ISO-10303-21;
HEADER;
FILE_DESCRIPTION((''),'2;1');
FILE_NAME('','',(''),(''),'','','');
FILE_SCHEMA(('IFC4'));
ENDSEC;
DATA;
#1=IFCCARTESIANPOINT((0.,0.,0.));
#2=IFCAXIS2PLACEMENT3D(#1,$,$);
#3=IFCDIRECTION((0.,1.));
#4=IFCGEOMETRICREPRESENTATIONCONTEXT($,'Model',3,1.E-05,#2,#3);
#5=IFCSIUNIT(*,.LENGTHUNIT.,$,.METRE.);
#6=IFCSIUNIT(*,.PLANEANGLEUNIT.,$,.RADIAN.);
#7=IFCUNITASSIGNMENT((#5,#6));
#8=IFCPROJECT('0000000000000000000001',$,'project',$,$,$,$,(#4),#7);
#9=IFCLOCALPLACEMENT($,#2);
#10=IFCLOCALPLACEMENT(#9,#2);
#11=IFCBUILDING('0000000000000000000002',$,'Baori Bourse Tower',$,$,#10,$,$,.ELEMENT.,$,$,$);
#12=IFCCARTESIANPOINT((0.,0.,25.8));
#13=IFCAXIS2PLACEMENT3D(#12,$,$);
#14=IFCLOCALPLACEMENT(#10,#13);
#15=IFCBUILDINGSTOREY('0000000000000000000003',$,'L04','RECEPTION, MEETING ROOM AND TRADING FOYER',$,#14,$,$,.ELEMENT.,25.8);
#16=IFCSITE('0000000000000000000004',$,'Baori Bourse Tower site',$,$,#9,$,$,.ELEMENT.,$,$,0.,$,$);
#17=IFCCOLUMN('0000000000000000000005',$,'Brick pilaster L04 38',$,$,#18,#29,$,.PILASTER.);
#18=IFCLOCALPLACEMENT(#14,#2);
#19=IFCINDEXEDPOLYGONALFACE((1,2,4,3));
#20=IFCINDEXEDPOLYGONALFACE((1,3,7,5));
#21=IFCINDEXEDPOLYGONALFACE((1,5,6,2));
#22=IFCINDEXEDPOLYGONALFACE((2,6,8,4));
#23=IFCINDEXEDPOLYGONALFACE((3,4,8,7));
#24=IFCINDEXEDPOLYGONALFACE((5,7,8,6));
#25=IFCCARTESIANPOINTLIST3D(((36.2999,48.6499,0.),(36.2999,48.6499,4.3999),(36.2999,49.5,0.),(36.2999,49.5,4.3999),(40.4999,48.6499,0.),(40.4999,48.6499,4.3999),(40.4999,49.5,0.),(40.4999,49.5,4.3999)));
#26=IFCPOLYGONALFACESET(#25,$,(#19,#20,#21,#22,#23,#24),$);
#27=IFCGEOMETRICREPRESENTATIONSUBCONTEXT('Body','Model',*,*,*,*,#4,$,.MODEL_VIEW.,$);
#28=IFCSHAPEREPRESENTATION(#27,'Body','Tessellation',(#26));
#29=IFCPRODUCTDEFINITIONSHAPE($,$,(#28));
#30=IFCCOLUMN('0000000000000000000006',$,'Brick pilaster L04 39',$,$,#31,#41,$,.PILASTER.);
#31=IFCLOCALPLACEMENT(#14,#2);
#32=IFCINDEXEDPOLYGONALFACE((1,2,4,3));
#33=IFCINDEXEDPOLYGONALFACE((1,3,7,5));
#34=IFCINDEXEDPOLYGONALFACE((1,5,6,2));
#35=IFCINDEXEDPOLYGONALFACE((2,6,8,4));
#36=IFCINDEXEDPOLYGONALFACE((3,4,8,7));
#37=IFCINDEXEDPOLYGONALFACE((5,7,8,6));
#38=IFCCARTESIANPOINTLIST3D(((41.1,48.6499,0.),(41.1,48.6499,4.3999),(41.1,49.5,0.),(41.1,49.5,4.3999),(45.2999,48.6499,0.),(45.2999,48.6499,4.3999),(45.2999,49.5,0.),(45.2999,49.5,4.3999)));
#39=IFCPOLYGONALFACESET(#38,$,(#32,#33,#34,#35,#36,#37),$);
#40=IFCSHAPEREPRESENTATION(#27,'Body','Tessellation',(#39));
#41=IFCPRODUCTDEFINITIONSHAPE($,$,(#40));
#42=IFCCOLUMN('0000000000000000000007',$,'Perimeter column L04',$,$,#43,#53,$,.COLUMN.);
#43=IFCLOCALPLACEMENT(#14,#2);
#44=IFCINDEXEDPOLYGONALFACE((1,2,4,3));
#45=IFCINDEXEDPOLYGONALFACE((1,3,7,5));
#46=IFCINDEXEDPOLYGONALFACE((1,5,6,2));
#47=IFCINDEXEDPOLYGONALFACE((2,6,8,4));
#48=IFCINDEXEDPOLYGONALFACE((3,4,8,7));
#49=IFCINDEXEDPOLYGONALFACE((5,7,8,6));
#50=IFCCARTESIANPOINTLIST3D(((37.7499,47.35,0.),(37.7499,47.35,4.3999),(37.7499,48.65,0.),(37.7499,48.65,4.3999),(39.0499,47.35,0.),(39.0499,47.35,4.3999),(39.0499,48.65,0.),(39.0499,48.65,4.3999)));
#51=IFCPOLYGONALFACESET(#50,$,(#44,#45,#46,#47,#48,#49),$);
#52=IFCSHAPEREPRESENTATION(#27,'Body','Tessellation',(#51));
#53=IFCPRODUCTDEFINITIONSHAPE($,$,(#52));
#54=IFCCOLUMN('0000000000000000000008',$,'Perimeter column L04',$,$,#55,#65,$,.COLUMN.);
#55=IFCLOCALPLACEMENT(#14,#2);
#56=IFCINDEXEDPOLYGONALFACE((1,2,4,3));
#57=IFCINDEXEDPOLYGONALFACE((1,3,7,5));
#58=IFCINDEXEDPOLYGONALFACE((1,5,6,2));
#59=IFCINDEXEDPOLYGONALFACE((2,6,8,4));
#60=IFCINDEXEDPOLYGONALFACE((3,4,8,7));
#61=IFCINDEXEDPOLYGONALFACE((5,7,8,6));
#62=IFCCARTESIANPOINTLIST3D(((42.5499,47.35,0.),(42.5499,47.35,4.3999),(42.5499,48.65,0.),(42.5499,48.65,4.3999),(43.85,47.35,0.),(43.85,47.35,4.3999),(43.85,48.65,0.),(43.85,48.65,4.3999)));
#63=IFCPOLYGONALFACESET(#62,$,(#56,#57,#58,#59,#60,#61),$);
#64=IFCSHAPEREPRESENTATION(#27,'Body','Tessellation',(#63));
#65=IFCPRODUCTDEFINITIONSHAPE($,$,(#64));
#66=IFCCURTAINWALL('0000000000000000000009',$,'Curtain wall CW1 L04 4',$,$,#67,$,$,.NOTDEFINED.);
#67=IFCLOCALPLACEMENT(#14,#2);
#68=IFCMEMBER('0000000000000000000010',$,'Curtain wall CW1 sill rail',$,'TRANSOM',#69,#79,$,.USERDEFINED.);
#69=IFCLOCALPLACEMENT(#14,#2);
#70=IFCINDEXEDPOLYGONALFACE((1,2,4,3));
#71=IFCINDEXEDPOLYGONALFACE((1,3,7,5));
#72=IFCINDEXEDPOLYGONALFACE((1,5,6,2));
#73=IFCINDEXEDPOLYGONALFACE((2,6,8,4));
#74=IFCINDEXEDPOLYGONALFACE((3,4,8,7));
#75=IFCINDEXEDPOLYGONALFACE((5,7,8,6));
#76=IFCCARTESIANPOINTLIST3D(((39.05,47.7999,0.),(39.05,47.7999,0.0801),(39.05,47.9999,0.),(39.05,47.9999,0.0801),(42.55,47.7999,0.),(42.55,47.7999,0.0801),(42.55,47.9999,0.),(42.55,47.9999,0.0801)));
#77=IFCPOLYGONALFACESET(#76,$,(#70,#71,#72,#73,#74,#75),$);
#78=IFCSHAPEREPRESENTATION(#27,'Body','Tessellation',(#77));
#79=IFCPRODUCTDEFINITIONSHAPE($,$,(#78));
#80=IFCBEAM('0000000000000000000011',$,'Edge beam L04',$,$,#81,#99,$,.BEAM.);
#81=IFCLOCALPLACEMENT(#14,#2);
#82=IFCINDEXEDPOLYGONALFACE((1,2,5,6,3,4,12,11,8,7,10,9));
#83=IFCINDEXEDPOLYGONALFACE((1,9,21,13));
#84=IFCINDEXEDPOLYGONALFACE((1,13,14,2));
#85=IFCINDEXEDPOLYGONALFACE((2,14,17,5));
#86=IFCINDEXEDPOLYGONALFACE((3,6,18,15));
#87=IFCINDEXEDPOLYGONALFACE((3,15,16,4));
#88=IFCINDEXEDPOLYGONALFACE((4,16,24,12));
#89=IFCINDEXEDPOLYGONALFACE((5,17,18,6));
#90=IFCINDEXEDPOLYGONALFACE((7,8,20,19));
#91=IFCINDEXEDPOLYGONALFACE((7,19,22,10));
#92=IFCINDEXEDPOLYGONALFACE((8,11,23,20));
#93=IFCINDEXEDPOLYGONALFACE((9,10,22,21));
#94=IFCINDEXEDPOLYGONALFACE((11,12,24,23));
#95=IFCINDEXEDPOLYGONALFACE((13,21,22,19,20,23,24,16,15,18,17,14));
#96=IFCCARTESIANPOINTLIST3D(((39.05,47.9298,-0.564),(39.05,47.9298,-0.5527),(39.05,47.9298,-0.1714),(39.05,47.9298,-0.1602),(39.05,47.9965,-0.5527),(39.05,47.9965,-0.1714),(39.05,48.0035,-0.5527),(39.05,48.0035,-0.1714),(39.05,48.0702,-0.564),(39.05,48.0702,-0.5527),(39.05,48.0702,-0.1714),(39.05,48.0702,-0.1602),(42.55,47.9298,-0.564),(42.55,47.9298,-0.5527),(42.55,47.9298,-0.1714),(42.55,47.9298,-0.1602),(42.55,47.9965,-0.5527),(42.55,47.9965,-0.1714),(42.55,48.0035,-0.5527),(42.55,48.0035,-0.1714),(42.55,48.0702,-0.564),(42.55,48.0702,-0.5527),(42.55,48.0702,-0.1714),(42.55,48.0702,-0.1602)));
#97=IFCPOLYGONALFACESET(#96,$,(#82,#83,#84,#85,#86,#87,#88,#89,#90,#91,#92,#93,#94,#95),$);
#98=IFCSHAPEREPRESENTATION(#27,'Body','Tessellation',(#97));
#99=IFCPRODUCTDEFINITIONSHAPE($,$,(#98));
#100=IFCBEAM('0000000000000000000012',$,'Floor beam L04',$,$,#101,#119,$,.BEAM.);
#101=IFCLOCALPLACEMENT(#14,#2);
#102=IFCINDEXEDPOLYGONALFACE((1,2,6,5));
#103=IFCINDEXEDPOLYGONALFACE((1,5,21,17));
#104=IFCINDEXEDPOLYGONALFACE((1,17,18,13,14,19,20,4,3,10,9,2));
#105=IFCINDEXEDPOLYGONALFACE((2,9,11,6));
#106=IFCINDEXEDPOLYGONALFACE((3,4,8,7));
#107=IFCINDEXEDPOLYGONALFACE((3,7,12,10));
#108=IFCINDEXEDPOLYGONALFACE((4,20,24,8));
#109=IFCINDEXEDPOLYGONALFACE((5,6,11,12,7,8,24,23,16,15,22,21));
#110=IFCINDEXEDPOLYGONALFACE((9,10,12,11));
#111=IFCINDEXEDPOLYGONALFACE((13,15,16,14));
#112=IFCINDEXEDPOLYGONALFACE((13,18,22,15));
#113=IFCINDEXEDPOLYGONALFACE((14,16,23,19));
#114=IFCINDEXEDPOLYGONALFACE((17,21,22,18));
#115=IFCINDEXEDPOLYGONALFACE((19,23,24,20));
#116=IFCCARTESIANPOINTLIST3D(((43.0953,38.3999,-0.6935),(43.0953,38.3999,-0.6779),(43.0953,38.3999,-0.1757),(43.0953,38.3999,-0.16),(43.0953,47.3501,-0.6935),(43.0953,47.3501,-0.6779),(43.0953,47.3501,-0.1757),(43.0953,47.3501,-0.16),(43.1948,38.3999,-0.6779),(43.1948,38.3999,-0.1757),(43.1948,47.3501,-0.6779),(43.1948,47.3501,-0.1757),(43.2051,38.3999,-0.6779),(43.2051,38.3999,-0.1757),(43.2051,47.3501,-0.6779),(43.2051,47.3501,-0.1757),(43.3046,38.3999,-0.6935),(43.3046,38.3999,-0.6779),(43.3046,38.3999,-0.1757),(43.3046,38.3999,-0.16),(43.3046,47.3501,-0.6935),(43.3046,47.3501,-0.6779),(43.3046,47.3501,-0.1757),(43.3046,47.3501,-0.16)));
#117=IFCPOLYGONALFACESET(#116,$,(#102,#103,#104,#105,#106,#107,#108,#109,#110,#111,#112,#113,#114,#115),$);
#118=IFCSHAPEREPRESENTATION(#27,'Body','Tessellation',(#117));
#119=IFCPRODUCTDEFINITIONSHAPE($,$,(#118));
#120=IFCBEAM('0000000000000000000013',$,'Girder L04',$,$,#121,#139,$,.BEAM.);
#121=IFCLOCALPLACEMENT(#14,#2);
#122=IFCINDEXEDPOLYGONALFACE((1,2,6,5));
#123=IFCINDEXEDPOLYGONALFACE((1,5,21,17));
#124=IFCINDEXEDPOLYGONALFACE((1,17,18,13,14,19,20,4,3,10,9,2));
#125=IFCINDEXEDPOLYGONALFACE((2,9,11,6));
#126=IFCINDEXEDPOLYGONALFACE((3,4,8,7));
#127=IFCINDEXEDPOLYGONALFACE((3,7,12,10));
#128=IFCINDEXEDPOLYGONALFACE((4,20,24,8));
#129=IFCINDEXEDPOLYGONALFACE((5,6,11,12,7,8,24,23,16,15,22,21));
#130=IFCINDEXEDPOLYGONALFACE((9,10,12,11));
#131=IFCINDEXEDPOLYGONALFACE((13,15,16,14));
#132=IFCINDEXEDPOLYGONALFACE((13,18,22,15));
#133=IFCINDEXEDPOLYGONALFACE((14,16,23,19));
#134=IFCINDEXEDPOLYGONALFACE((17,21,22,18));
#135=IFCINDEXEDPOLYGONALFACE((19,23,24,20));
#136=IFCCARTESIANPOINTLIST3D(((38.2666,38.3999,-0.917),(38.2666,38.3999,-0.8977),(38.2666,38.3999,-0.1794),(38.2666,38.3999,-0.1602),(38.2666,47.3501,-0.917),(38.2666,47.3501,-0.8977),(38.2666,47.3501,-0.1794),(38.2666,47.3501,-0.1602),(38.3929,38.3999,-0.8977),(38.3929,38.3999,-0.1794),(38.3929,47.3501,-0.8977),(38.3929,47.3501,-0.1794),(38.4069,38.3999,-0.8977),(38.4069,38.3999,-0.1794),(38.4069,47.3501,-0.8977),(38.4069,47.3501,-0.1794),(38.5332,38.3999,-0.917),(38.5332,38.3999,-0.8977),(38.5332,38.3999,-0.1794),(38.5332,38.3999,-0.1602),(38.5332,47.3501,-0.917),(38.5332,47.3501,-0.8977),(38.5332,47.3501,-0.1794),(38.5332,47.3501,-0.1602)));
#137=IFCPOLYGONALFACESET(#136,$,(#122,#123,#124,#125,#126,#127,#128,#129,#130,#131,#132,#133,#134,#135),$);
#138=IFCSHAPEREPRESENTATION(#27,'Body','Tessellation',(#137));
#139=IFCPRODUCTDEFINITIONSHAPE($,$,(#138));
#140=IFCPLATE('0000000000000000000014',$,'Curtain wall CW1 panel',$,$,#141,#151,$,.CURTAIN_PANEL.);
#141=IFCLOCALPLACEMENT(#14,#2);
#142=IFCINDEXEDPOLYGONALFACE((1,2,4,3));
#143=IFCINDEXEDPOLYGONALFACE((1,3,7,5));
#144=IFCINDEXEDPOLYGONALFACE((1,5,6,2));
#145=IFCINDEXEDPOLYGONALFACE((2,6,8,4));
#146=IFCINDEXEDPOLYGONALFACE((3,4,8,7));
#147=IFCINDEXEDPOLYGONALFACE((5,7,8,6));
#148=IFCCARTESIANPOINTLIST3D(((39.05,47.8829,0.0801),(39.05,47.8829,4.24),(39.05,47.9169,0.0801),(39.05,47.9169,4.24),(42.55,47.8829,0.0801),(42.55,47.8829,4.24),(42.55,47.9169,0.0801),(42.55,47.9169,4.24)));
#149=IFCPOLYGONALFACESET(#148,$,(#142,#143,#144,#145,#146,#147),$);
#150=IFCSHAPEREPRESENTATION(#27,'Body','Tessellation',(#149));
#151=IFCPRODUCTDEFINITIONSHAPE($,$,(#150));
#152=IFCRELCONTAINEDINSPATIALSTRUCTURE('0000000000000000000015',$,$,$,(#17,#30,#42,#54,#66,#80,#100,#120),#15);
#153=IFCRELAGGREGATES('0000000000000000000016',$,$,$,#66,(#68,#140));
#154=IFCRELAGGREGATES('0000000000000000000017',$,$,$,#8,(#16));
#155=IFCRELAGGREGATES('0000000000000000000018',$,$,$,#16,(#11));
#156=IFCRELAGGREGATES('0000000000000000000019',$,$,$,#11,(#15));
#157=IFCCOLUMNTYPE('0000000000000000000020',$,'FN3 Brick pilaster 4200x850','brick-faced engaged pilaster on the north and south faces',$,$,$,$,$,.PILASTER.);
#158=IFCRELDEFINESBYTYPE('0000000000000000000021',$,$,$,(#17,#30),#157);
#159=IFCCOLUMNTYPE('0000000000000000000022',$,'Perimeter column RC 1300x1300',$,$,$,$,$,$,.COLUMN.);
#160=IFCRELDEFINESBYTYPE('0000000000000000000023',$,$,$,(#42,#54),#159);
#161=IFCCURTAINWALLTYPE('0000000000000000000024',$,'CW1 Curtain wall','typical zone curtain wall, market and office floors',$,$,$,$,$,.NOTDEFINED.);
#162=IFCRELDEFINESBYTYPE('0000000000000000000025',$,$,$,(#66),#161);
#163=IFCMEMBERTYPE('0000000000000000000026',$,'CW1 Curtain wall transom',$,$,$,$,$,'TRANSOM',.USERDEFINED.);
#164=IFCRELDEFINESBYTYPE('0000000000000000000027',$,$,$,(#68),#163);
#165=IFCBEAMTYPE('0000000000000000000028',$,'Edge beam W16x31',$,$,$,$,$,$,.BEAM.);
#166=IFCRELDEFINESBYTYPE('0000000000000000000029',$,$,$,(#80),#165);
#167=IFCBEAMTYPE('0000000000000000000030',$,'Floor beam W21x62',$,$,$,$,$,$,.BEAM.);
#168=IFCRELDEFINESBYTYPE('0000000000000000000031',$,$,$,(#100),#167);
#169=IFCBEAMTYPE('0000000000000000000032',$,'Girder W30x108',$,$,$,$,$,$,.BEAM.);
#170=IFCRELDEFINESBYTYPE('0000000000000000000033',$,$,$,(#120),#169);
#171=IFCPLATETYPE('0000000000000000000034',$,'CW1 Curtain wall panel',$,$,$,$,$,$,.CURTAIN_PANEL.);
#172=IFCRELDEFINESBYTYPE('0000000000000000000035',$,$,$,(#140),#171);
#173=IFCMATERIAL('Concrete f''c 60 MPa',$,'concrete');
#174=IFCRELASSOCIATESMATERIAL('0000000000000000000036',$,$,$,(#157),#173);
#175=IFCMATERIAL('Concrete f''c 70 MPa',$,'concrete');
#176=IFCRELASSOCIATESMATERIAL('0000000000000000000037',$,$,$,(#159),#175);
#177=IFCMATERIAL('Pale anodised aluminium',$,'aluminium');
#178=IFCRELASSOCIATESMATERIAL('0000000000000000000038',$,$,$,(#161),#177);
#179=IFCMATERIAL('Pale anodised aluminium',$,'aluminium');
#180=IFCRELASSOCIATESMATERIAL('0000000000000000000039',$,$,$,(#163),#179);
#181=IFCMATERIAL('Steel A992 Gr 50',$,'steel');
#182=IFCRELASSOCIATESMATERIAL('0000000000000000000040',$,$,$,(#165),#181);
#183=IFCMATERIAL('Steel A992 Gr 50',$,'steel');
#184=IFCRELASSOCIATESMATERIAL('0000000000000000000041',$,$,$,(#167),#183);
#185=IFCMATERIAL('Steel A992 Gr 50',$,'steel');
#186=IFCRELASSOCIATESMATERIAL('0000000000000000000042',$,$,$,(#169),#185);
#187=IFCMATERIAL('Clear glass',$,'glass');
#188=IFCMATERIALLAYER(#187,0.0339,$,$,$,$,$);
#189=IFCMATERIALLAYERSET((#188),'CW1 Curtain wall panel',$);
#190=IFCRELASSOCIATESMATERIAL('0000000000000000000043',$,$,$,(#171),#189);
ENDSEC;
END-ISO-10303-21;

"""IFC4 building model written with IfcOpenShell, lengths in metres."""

from ifc_helpers import new_model, si_unit, direction, frame, origin, origin_2d, place, context, subcontext, project, spatial, rectangle, i_section, extrude, material, layer, layer_set, material_profile, profile_set, type_object, element, aggregate, save


model = new_model("IFC4")

# Units and contexts
model_context = context("Model", 3, precision=1e-05, world=origin(), true_north=direction((0.0, 1.0)))
body_context = subcontext(model_context, "Body", "Model", "MODEL_VIEW")
ifc_project = project(units=[si_unit("LENGTHUNIT", "METRE"), si_unit("PLANEANGLEUNIT", "RADIAN")], contexts=[model_context])

# Site, building, storey
site_placement = place(None, origin())
site = spatial("IfcSite", under=ifc_project, at=site_placement, Name="Baori Bourse Tower site", CompositionType="ELEMENT", RefElevation=0.0)
building_placement = place(site_placement, origin())
building = spatial("IfcBuilding", under=site, at=building_placement, Name="Baori Bourse Tower", CompositionType="ELEMENT")
storey_placement = place(building_placement, frame((0.0, 0.0, 25.8)))
storey = spatial("IfcBuildingStorey", under=building, at=storey_placement, Name="L04", Description="RECEPTION, MEETING ROOM AND TRADING FOYER", CompositionType="ELEMENT", Elevation=25.8)

# Columns
ifc_material_1 = material(Name="Concrete f'c 60 MPa", Category="concrete")
ifc_material_profile_1 = material_profile(ifc_material_1, rectangle(XDim=4.2, YDim=0.8501, at=origin_2d()), Name="RC 4200x850")
ifc_profile_set_1 = profile_set([ifc_material_profile_1], Name="Concrete f'c 60 MPa")
column_type_1 = type_object("IfcColumnType", Name="FN3 Brick pilaster 4200x850", Description="brick-faced engaged pilaster on the north and south faces", PredefinedType="PILASTER", material=ifc_profile_set_1)
for number, where, z_axis, x_axis, name in (
    (1, (38.3999, 49.075, 0.0), (0.0, 0.0, 1.0), (1.0, 0.0, 0.0), "Brick pilaster L04 38"),
    (2, (43.2, 49.075, 0.0), (0.0, 0.0, 1.0), (1.0, 0.0, 0.0), "Brick pilaster L04 39"),
):
    element("IfcColumn", number, at=place(storey_placement, frame(where, z_axis=z_axis, x_axis=x_axis)), inside=storey, type_object=column_type_1, Name=name, PredefinedType="PILASTER", context=body_context, shape_type="SweptSolid", body=[
        extrude(rectangle(XDim=4.2, YDim=0.8501, at=origin_2d()), origin(), (0.0, 0.0, 1.0), 4.3999),
    ])
ifc_material_2 = material(Name="Concrete f'c 70 MPa", Category="concrete")
ifc_material_profile_2 = material_profile(ifc_material_2, rectangle(XDim=1.3, YDim=1.3, at=origin_2d()), Name="RC 1300x1300")
ifc_profile_set_2 = profile_set([ifc_material_profile_2], Name="Concrete f'c 70 MPa")
column_type_2 = type_object("IfcColumnType", Name="Perimeter column RC 1300x1300", PredefinedType="COLUMN", material=ifc_profile_set_2)
for number, where, z_axis, x_axis, name in (
    (3, (38.3999, 48.0, 0.0), (0.0, 0.0, 1.0), (1.0, 0.0, 0.0), "Perimeter column L04"),
    (4, (43.2, 48.0, 0.0), (0.0, 0.0, 1.0), (1.0, 0.0, 0.0), "Perimeter column L04"),
):
    element("IfcColumn", number, at=place(storey_placement, frame(where, z_axis=z_axis, x_axis=x_axis)), inside=storey, type_object=column_type_2, Name=name, PredefinedType="COLUMN", context=body_context, shape_type="SweptSolid", body=[
        extrude(rectangle(XDim=1.3, YDim=1.3, at=origin_2d()), origin(), (0.0, 0.0, 1.0), 4.3999),
    ])

# Curtain wall, member
ifc_material_3 = material(Name="Pale anodised aluminium", Category="aluminium")
curtain_wall_type = type_object("IfcCurtainWallType", Name="CW1 Curtain wall", Description="typical zone curtain wall, market and office floors", PredefinedType="NOTDEFINED", material=ifc_material_3)
curtain_wall_placement = place(storey_placement, origin())
curtain_wall = element("IfcCurtainWall", 5, at=curtain_wall_placement, inside=storey, type_object=curtain_wall_type, Name="Curtain wall CW1 L04 4", PredefinedType="NOTDEFINED")
ifc_material_4 = material(Name="Pale anodised aluminium", Category="aluminium")
ifc_material_profile_3 = material_profile(ifc_material_4, rectangle(XDim=0.2, YDim=0.0801, at=origin_2d()), Name="Transom 80x200")
ifc_profile_set_3 = profile_set([ifc_material_profile_3], Name="Pale anodised aluminium")
member_type = type_object("IfcMemberType", Name="CW1 Curtain wall transom", ElementType="TRANSOM", PredefinedType="USERDEFINED", material=ifc_profile_set_3)
member_placement = place(storey_placement, frame((42.55, 47.8999, 0.04), z_axis=(-1.0, 0.0, 0.0), x_axis=(0.0, -1.0, 0.0)))
member = element("IfcMember", 6, at=member_placement, type_object=member_type, Name="Curtain wall CW1 sill rail", ObjectType="TRANSOM", PredefinedType="USERDEFINED", context=body_context, shape_type="SweptSolid", body=[
    extrude(rectangle(XDim=0.2, YDim=0.0801, at=origin_2d()), origin(), (0.0, 0.0, 1.0), 3.5),
])

# Beams
ifc_material_5 = material(Name="Steel A992 Gr 50", Category="steel")
ifc_material_profile_4 = material_profile(ifc_material_5, i_section(OverallWidth=0.1404, OverallDepth=0.4038, WebThickness=0.0071, FlangeThickness=0.0112, at=origin_2d()), Name="W16x31")
ifc_profile_set_4 = profile_set([ifc_material_profile_4], Name="Steel A992 Gr 50")
beam_type_1 = type_object("IfcBeamType", Name="Edge beam W16x31", PredefinedType="BEAM", material=ifc_profile_set_4)
beam_1_placement = place(storey_placement, frame((39.05, 48.0, -0.3621), z_axis=(1.0, 0.0, 0.0), x_axis=(0.0, 1.0, 0.0)))
element("IfcBeam", 7, at=beam_1_placement, inside=storey, type_object=beam_type_1, Name="Edge beam L04", PredefinedType="BEAM", context=body_context, shape_type="SweptSolid", body=[
    extrude(i_section(OverallWidth=0.1404, OverallDepth=0.4038, WebThickness=0.0071, FlangeThickness=0.0112, at=origin_2d()), origin(), (0.0, 0.0, 1.0), 3.5),
])
ifc_material_6 = material(Name="Steel A992 Gr 50", Category="steel")
ifc_material_profile_5 = material_profile(ifc_material_6, i_section(OverallWidth=0.2092, OverallDepth=0.5334, WebThickness=0.0103, FlangeThickness=0.0156, at=origin_2d()), Name="W21x62")
ifc_profile_set_5 = profile_set([ifc_material_profile_5], Name="Steel A992 Gr 50")
beam_type_2 = type_object("IfcBeamType", Name="Floor beam W21x62", PredefinedType="BEAM", material=ifc_profile_set_5)
beam_2_placement = place(storey_placement, frame((43.2, 38.3999, -0.4268), z_axis=(0.0, 1.0, 0.0), x_axis=(-1.0, 0.0, 0.0)))
element("IfcBeam", 8, at=beam_2_placement, inside=storey, type_object=beam_type_2, Name="Floor beam L04", PredefinedType="BEAM", context=body_context, shape_type="SweptSolid", body=[
    extrude(i_section(OverallWidth=0.2092, OverallDepth=0.5334, WebThickness=0.0103, FlangeThickness=0.0156, at=origin_2d()), origin(), (0.0, 0.0, 1.0), 8.9502),
])
ifc_material_7 = material(Name="Steel A992 Gr 50", Category="steel")
ifc_material_profile_6 = material_profile(ifc_material_7, i_section(OverallWidth=0.2666, OverallDepth=0.7568, WebThickness=0.0139, FlangeThickness=0.0193, at=origin_2d()), Name="W30x108")
ifc_profile_set_6 = profile_set([ifc_material_profile_6], Name="Steel A992 Gr 50")
beam_type_3 = type_object("IfcBeamType", Name="Girder W30x108", PredefinedType="BEAM", material=ifc_profile_set_6)
beam_3_placement = place(storey_placement, frame((38.3999, 38.3999, -0.5386), z_axis=(0.0, 1.0, 0.0), x_axis=(-1.0, 0.0, 0.0)))
element("IfcBeam", 9, at=beam_3_placement, inside=storey, type_object=beam_type_3, Name="Girder L04", PredefinedType="BEAM", context=body_context, shape_type="SweptSolid", body=[
    extrude(i_section(OverallWidth=0.2666, OverallDepth=0.7568, WebThickness=0.0139, FlangeThickness=0.0193, at=origin_2d()), origin(), (0.0, 0.0, 1.0), 8.9502),
])

# Plate
ifc_material_8 = material(Name="Clear glass", Category="glass")
ifc_layer_1 = layer(ifc_material_8, 0.0339)
ifc_layer_set_1 = layer_set([ifc_layer_1], Name="CW1 Curtain wall panel")
plate_type = type_object("IfcPlateType", Name="CW1 Curtain wall panel", PredefinedType="CURTAIN_PANEL", material=ifc_layer_set_1)
plate_placement = place(storey_placement, frame((40.8, 47.8999, 0.0801), z_axis=(0.0, 0.0, 1.0), x_axis=(-1.0, 0.0, 0.0)))
plate = element("IfcPlate", 10, at=plate_placement, type_object=plate_type, Name="Curtain wall CW1 panel", PredefinedType="CURTAIN_PANEL", context=body_context, shape_type="SweptSolid", body=[
    extrude(rectangle(XDim=3.5, YDim=0.0339, at=origin_2d()), origin(), (0.0, 0.0, 1.0), 4.1599),
])
aggregate(curtain_wall, [member, plate])

save(model, "model.ifc")
